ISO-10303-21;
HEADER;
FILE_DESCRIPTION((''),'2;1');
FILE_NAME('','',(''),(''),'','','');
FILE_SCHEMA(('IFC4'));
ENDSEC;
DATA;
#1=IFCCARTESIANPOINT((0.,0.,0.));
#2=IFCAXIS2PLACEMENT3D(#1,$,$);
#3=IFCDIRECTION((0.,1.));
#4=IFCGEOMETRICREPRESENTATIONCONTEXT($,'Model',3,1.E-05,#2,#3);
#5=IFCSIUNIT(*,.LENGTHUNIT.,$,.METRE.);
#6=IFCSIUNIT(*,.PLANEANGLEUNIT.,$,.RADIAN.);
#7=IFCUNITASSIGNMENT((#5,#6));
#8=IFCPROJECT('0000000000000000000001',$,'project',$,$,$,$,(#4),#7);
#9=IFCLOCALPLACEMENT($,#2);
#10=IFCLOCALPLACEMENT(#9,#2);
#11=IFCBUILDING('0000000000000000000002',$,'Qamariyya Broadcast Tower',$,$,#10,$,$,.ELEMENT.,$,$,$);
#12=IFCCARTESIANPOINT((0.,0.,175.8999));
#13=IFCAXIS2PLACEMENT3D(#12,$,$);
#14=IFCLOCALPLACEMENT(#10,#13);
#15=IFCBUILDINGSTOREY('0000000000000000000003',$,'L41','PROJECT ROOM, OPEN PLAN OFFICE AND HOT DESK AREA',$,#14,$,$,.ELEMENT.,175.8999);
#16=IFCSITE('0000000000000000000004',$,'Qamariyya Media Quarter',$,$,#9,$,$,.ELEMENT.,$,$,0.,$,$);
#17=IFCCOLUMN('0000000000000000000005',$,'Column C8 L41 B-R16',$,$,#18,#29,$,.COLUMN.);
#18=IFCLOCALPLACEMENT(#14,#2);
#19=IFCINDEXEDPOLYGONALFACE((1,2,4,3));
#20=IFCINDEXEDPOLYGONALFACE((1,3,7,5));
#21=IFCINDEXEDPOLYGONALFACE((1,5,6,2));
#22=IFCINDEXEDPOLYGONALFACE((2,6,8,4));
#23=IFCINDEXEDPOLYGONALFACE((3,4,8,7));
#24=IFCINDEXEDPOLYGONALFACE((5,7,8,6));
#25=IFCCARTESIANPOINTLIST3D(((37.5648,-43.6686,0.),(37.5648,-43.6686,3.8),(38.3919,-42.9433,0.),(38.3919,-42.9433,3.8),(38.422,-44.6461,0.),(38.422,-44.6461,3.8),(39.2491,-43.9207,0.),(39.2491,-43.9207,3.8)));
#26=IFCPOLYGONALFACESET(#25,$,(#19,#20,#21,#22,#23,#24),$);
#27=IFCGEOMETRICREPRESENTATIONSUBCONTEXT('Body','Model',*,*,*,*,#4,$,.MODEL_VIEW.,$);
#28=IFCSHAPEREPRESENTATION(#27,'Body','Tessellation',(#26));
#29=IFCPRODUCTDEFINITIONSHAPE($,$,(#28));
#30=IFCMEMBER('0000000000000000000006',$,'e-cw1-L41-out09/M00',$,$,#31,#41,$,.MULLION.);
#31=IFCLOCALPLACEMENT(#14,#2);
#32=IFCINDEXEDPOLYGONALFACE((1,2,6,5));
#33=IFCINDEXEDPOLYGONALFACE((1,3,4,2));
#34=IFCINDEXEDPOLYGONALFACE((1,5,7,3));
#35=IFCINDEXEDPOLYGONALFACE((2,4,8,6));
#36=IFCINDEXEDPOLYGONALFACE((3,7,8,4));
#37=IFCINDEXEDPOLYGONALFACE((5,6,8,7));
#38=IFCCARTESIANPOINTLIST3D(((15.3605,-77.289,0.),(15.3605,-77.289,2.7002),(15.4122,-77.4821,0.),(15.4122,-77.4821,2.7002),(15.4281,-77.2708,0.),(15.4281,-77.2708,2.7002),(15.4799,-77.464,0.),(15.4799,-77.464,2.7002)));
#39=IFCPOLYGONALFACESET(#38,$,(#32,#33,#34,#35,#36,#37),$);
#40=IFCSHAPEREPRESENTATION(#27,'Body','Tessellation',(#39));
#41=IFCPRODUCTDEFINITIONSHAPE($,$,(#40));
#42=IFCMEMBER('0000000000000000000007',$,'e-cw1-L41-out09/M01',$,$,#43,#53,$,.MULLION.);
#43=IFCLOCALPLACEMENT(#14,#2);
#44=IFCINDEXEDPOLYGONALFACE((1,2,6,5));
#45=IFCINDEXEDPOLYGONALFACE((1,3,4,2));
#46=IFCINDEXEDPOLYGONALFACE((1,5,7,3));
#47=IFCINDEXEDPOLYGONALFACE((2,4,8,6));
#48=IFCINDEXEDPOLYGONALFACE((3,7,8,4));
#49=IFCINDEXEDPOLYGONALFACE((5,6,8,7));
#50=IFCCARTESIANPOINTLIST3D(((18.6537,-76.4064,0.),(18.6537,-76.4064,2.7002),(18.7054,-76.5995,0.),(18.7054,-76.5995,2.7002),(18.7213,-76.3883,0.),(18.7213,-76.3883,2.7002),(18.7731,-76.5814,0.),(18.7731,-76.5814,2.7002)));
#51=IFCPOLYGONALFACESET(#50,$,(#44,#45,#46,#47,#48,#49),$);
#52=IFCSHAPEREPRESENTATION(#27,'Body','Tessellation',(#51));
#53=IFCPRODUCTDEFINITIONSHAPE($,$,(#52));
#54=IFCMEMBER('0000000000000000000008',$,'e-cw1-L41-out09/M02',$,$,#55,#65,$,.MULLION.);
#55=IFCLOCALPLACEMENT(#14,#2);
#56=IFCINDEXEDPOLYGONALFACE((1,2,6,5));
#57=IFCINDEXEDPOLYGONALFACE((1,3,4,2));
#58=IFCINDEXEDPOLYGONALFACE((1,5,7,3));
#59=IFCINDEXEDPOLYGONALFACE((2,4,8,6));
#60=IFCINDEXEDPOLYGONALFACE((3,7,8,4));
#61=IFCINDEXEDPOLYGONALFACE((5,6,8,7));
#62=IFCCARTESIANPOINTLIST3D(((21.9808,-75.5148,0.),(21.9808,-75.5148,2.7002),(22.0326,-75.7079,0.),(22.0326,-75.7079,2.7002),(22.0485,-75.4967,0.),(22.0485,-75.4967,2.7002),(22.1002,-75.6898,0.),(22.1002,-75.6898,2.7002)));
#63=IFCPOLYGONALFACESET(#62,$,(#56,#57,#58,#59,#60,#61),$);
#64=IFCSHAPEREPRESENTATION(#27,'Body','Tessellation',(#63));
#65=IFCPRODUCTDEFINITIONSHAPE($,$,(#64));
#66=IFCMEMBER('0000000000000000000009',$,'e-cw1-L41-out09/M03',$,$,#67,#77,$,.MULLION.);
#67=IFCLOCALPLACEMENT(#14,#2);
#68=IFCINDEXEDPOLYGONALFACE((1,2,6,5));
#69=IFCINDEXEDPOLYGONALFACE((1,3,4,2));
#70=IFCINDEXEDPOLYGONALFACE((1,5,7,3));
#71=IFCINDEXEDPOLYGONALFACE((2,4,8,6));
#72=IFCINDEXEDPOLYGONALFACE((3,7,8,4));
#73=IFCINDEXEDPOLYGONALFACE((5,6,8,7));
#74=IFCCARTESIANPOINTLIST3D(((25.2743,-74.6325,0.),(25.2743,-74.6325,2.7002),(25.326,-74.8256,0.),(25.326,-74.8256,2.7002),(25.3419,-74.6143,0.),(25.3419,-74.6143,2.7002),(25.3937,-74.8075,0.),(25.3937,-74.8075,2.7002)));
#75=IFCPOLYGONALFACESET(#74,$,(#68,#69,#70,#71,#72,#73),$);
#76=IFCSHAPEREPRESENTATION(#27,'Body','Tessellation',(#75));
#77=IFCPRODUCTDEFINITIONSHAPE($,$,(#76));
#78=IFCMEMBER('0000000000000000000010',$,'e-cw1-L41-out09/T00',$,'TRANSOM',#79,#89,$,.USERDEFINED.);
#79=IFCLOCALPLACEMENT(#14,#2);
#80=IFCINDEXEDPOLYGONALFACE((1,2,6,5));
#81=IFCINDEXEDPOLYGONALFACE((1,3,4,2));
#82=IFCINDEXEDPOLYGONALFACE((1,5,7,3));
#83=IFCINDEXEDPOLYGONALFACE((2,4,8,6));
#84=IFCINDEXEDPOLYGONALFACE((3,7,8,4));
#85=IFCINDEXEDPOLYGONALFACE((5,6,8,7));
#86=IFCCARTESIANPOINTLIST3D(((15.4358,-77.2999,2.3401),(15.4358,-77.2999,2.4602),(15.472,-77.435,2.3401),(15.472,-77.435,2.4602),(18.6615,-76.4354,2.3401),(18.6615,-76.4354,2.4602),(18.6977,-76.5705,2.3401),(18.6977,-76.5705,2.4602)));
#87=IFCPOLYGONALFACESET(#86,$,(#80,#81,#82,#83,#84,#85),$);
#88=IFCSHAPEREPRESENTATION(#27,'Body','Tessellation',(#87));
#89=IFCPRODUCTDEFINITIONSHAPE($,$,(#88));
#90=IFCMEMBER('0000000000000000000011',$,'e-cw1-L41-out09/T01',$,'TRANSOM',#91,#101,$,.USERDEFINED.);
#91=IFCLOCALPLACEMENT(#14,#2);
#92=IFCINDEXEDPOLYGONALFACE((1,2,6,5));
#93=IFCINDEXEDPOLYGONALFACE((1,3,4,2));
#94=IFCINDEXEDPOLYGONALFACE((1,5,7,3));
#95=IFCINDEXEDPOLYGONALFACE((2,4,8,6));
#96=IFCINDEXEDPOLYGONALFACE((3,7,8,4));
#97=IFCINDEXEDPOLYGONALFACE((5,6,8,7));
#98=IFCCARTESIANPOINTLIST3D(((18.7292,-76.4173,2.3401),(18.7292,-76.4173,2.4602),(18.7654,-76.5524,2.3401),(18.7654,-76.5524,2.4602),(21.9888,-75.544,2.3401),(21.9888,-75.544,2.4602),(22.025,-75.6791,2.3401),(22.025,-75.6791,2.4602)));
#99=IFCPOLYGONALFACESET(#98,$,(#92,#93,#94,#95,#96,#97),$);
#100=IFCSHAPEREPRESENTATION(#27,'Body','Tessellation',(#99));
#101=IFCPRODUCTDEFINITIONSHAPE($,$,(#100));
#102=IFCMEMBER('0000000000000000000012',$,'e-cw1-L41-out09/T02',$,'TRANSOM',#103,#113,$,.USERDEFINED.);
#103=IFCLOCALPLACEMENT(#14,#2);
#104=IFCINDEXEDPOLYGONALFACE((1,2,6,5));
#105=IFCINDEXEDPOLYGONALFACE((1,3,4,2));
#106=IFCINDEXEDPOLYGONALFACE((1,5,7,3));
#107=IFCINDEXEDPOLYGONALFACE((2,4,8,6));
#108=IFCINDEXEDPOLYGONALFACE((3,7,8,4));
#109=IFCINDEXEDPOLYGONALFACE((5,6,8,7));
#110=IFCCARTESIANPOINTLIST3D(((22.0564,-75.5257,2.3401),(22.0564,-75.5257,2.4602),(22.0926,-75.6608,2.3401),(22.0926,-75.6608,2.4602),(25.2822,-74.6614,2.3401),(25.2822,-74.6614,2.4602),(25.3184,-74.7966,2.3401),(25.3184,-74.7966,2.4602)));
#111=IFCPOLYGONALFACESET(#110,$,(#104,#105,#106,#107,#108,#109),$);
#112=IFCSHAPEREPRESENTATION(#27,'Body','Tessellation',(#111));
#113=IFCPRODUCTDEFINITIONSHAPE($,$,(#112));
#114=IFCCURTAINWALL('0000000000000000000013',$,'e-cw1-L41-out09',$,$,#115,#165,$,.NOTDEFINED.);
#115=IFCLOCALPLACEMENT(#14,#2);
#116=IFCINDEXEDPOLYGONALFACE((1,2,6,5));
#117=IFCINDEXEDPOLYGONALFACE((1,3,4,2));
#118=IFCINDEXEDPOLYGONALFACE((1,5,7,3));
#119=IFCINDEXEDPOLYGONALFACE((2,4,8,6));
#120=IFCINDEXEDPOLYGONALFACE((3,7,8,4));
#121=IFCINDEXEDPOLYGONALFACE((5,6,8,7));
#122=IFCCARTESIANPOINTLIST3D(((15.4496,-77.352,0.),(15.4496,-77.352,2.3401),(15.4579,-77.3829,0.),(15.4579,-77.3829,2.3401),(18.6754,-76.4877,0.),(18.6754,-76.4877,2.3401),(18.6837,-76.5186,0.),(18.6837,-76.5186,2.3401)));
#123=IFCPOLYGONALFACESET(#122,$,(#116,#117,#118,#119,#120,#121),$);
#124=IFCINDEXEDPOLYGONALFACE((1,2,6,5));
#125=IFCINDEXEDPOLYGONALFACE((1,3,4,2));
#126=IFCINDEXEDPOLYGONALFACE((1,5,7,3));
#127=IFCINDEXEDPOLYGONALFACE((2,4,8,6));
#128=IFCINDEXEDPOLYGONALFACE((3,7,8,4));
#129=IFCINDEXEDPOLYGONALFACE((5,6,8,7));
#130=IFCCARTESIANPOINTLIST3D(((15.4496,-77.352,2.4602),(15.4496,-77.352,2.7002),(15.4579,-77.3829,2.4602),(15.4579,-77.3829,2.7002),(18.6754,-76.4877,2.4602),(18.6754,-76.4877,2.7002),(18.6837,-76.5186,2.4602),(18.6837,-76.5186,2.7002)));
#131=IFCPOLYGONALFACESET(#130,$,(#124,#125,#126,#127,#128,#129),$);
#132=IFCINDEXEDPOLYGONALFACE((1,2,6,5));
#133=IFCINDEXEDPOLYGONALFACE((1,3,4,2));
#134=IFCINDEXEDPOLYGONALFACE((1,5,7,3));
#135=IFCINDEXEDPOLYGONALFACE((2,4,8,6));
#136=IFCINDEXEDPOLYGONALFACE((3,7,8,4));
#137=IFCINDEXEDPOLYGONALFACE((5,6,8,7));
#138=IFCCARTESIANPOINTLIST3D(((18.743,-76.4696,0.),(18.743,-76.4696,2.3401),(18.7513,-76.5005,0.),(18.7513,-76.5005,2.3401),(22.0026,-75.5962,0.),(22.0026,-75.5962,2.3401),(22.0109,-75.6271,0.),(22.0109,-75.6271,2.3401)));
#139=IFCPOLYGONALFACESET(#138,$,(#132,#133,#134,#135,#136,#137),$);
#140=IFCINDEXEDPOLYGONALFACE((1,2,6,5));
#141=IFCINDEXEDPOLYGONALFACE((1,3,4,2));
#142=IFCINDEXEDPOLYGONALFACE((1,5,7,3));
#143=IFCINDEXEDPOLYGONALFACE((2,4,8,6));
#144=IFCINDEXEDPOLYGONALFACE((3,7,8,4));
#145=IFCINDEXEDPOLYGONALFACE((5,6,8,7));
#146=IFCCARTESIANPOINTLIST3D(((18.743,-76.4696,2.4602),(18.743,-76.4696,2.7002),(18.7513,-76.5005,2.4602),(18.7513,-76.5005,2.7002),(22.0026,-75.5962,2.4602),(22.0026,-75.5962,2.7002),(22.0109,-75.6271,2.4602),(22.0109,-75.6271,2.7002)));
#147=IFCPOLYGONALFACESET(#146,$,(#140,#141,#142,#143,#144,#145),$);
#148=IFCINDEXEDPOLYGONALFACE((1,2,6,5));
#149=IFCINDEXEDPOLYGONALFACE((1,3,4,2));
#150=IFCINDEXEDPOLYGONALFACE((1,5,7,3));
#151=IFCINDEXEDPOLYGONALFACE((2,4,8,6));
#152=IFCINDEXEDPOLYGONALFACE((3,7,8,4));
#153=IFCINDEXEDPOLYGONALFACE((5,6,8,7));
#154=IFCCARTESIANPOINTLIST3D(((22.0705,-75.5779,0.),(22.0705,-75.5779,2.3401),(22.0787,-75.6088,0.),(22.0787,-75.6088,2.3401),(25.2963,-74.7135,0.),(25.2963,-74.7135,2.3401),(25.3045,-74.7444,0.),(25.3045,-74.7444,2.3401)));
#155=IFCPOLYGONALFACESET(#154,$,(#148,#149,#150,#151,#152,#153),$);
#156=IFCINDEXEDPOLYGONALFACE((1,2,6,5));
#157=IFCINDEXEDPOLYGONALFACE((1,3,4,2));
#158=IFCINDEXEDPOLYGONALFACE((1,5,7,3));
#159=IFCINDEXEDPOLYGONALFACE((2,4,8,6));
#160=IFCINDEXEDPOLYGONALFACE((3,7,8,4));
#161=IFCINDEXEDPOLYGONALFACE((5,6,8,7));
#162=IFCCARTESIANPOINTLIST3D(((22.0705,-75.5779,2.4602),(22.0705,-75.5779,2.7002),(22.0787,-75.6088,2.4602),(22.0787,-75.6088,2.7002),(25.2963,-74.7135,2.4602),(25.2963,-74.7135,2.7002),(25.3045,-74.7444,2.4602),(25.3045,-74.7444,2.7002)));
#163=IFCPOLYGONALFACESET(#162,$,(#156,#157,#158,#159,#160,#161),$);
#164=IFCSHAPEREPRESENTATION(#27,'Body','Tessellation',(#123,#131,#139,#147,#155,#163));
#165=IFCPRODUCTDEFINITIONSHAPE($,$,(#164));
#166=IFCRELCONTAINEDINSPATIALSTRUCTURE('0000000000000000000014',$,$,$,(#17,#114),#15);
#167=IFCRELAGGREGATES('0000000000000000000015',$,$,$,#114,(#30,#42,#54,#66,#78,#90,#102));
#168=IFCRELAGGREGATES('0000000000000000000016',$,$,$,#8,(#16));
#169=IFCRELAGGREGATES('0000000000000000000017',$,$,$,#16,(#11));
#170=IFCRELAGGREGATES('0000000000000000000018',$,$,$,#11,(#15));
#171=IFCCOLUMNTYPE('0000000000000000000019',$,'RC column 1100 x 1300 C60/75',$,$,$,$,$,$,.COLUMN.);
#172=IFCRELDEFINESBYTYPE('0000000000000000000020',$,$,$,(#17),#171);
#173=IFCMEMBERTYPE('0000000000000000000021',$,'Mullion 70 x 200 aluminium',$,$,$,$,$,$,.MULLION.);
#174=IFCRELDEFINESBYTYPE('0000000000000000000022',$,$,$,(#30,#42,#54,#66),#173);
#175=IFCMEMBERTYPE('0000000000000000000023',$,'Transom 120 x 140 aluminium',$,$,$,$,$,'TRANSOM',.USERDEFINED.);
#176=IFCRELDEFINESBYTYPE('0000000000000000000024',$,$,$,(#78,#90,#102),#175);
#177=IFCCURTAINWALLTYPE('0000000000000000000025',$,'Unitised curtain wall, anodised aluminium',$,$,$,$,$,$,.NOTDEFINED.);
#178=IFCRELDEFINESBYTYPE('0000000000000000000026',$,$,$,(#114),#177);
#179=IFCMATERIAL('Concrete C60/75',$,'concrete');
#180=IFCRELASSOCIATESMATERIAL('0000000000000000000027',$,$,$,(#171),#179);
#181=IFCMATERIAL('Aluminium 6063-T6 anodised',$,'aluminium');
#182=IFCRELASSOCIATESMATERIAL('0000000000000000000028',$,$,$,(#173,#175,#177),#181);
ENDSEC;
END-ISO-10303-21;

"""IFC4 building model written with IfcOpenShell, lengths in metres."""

from ifc_helpers import new_model, si_unit, direction, frame, origin, origin_2d, place, context, subcontext, project, spatial, rectangle, extrude, material, material_profile, profile_set, type_object, element, aggregate, save


model = new_model("IFC4")

# Units and contexts
model_context = context("Model", 3, precision=1e-05, world=origin(), true_north=direction((0.0, 1.0)))
body_context = subcontext(model_context, "Body", "Model", "MODEL_VIEW")
ifc_project = project(units=[si_unit("LENGTHUNIT", "METRE"), si_unit("PLANEANGLEUNIT", "RADIAN")], contexts=[model_context])

# Site, building, storey
site_placement = place(None, origin())
site = spatial("IfcSite", under=ifc_project, at=site_placement, Name="Qamariyya Media Quarter", CompositionType="ELEMENT", RefElevation=0.0)
building_placement = place(site_placement, origin())
building = spatial("IfcBuilding", under=site, at=building_placement, Name="Qamariyya Broadcast Tower", CompositionType="ELEMENT")
storey_placement = place(building_placement, frame((0.0, 0.0, 175.8999)))
storey = spatial("IfcBuildingStorey", under=building, at=storey_placement, Name="L41", Description="PROJECT ROOM, OPEN PLAN OFFICE AND HOT DESK AREA", CompositionType="ELEMENT", Elevation=175.8999)

# Column
ifc_material_1 = material(Name="Concrete C60/75", Category="concrete")
ifc_material_profile_1 = material_profile(ifc_material_1, rectangle(XDim=1.1001, YDim=1.3, at=origin_2d()))
ifc_profile_set_1 = profile_set([ifc_material_profile_1], Name="Concrete C60/75")
column_type = type_object("IfcColumnType", Name="RC column 1100 x 1300 C60/75", PredefinedType="COLUMN", material=ifc_profile_set_1)
column_placement = place(storey_placement, frame((38.407, -43.7947, 0.0), z_axis=(0.0, 0.0, 1.0), x_axis=(0.75184, 0.659346, 0.0)))
element("IfcColumn", 1, at=column_placement, inside=storey, type_object=column_type, Name="Column C8 L41 B-R16", PredefinedType="COLUMN", context=body_context, shape_type="SweptSolid", body=[
    extrude(rectangle(XDim=1.1001, YDim=1.3, at=origin_2d()), origin(), (0.0, 0.0, 1.0), 3.8),
])

# Members
ifc_material_2 = material(Name="Aluminium 6063-T6 anodised", Category="aluminium")
ifc_material_profile_2 = material_profile(ifc_material_2, rectangle(XDim=0.2, YDim=0.0701, at=origin_2d()))
ifc_profile_set_2 = profile_set([ifc_material_profile_2], Name="Aluminium 6063-T6 anodised")
member_type_1 = type_object("IfcMemberType", Name="Mullion 70 x 200 aluminium", PredefinedType="MULLION", material=ifc_profile_set_2)
member_1_placement = place(storey_placement, frame((15.4202, -77.3765, 0.0), z_axis=(0.0, 0.0, 1.0), x_axis=(-0.258819, 0.965926, 0.0)))
member_1 = element("IfcMember", 2, at=member_1_placement, type_object=member_type_1, Name="e-cw1-L41-out09/M00", PredefinedType="MULLION", context=body_context, shape_type="SweptSolid", body=[
    extrude(rectangle(XDim=0.2, YDim=0.0701, at=origin_2d()), origin(), (0.0, 0.0, 1.0), 2.7002),
])
member_2_placement = place(storey_placement, frame((18.7134, -76.4939, 0.0), z_axis=(0.0, 0.0, 1.0), x_axis=(-0.258819, 0.965926, 0.0)))
member_2 = element("IfcMember", 3, at=member_2_placement, type_object=member_type_1, Name="e-cw1-L41-out09/M01", PredefinedType="MULLION", context=body_context, shape_type="SweptSolid", body=[
    extrude(rectangle(XDim=0.2, YDim=0.0701, at=origin_2d()), origin(), (0.0, 0.0, 1.0), 2.7002),
])
member_3_placement = place(storey_placement, frame((22.0405, -75.6023, 0.0), z_axis=(0.0, 0.0, 1.0), x_axis=(-0.258819, 0.965926, 0.0)))
member_3 = element("IfcMember", 4, at=member_3_placement, type_object=member_type_1, Name="e-cw1-L41-out09/M02", PredefinedType="MULLION", context=body_context, shape_type="SweptSolid", body=[
    extrude(rectangle(XDim=0.2, YDim=0.0701, at=origin_2d()), origin(), (0.0, 0.0, 1.0), 2.7002),
])
member_4_placement = place(storey_placement, frame((25.334, -74.72, 0.0), z_axis=(0.0, 0.0, 1.0), x_axis=(-0.258819, 0.965926, 0.0)))
member_4 = element("IfcMember", 5, at=member_4_placement, type_object=member_type_1, Name="e-cw1-L41-out09/M03", PredefinedType="MULLION", context=body_context, shape_type="SweptSolid", body=[
    extrude(rectangle(XDim=0.2, YDim=0.0701, at=origin_2d()), origin(), (0.0, 0.0, 1.0), 2.7002),
])
ifc_material_profile_3 = material_profile(ifc_material_2, rectangle(XDim=0.1399, YDim=0.1201, at=origin_2d()))
ifc_profile_set_3 = profile_set([ifc_material_profile_3], Name="Aluminium 6063-T6 anodised")
member_type_2 = type_object("IfcMemberType", Name="Transom 120 x 140 aluminium", ElementType="TRANSOM", PredefinedType="USERDEFINED", material=ifc_profile_set_3)
member_5_placement = place(storey_placement, frame((15.4539, -77.3674, 2.4001), z_axis=(0.965915, 0.258859, 0.0), x_axis=(-0.258859, 0.965915, 0.0)))
member_5 = element("IfcMember", 6, at=member_5_placement, type_object=member_type_2, Name="e-cw1-L41-out09/T00", ObjectType="TRANSOM", PredefinedType="USERDEFINED", context=body_context, shape_type="SweptSolid", body=[
    extrude(rectangle(XDim=0.1399, YDim=0.1201, at=origin_2d()), origin(), (0.0, 0.0, 1.0), 3.3396),
])
member_6_placement = place(storey_placement, frame((18.7473, -76.4849, 2.4001), z_axis=(0.965933, 0.258793, 0.0), x_axis=(-0.258793, 0.965933, 0.0)))
member_6 = element("IfcMember", 7, at=member_6_placement, type_object=member_type_2, Name="e-cw1-L41-out09/T01", ObjectType="TRANSOM", PredefinedType="USERDEFINED", context=body_context, shape_type="SweptSolid", body=[
    extrude(rectangle(XDim=0.1399, YDim=0.1201, at=origin_2d()), origin(), (0.0, 0.0, 1.0), 3.3745),
])
member_7_placement = place(storey_placement, frame((22.0745, -75.5933, 2.4001), z_axis=(0.965933, 0.258791, 0.0), x_axis=(-0.258791, 0.965933, 0.0)))
member_7 = element("IfcMember", 8, at=member_7_placement, type_object=member_type_2, Name="e-cw1-L41-out09/T02", ObjectType="TRANSOM", PredefinedType="USERDEFINED", context=body_context, shape_type="SweptSolid", body=[
    extrude(rectangle(XDim=0.1399, YDim=0.1201, at=origin_2d()), origin(), (0.0, 0.0, 1.0), 3.3396),
])

# Curtain wall
curtain_wall_type = type_object("IfcCurtainWallType", Name="Unitised curtain wall, anodised aluminium", PredefinedType="NOTDEFINED", material=ifc_material_2)
curtain_wall_1_placement = place(storey_placement, origin())
curtain_wall_1 = element("IfcCurtainWall", 9, at=curtain_wall_1_placement, inside=storey, type_object=curtain_wall_type, Name="e-cw1-L41-out09", PredefinedType="NOTDEFINED", context=body_context, shape_type="SweptSolid", body=[
    extrude(rectangle(XDim=3.3396, YDim=0.032, at=origin_2d()), frame((17.0667, -76.9353, 0.0), x_axis=(0.965926, 0.258817, 0.0)), (0.0, 0.0, 1.0), 2.3401),
    extrude(rectangle(XDim=3.3396, YDim=0.032, at=origin_2d()), frame((17.0667, -76.9353, 2.4602), x_axis=(0.965926, 0.258817, 0.0)), (0.0, 0.0, 1.0), 0.24),
    extrude(rectangle(XDim=3.3745, YDim=0.032, at=origin_2d()), frame((20.377, -76.0483, 0.0), x_axis=(0.965926, 0.258817, 0.0)), (0.0, 0.0, 1.0), 2.3401),
    extrude(rectangle(XDim=3.3745, YDim=0.032, at=origin_2d()), frame((20.377, -76.0483, 2.4602), x_axis=(0.965926, 0.258817, 0.0)), (0.0, 0.0, 1.0), 0.24),
    extrude(rectangle(XDim=3.3396, YDim=0.032, at=origin_2d()), frame((23.6875, -75.1611, 0.0), x_axis=(0.965926, 0.258817, 0.0)), (0.0, 0.0, 1.0), 2.3401),
    extrude(rectangle(XDim=3.3396, YDim=0.032, at=origin_2d()), frame((23.6875, -75.1611, 2.4602), x_axis=(0.965926, 0.258817, 0.0)), (0.0, 0.0, 1.0), 0.24),
])
aggregate(curtain_wall_1, [member_1, member_2, member_3, member_4, member_5, member_6, member_7])

save(model, "model.ifc")
